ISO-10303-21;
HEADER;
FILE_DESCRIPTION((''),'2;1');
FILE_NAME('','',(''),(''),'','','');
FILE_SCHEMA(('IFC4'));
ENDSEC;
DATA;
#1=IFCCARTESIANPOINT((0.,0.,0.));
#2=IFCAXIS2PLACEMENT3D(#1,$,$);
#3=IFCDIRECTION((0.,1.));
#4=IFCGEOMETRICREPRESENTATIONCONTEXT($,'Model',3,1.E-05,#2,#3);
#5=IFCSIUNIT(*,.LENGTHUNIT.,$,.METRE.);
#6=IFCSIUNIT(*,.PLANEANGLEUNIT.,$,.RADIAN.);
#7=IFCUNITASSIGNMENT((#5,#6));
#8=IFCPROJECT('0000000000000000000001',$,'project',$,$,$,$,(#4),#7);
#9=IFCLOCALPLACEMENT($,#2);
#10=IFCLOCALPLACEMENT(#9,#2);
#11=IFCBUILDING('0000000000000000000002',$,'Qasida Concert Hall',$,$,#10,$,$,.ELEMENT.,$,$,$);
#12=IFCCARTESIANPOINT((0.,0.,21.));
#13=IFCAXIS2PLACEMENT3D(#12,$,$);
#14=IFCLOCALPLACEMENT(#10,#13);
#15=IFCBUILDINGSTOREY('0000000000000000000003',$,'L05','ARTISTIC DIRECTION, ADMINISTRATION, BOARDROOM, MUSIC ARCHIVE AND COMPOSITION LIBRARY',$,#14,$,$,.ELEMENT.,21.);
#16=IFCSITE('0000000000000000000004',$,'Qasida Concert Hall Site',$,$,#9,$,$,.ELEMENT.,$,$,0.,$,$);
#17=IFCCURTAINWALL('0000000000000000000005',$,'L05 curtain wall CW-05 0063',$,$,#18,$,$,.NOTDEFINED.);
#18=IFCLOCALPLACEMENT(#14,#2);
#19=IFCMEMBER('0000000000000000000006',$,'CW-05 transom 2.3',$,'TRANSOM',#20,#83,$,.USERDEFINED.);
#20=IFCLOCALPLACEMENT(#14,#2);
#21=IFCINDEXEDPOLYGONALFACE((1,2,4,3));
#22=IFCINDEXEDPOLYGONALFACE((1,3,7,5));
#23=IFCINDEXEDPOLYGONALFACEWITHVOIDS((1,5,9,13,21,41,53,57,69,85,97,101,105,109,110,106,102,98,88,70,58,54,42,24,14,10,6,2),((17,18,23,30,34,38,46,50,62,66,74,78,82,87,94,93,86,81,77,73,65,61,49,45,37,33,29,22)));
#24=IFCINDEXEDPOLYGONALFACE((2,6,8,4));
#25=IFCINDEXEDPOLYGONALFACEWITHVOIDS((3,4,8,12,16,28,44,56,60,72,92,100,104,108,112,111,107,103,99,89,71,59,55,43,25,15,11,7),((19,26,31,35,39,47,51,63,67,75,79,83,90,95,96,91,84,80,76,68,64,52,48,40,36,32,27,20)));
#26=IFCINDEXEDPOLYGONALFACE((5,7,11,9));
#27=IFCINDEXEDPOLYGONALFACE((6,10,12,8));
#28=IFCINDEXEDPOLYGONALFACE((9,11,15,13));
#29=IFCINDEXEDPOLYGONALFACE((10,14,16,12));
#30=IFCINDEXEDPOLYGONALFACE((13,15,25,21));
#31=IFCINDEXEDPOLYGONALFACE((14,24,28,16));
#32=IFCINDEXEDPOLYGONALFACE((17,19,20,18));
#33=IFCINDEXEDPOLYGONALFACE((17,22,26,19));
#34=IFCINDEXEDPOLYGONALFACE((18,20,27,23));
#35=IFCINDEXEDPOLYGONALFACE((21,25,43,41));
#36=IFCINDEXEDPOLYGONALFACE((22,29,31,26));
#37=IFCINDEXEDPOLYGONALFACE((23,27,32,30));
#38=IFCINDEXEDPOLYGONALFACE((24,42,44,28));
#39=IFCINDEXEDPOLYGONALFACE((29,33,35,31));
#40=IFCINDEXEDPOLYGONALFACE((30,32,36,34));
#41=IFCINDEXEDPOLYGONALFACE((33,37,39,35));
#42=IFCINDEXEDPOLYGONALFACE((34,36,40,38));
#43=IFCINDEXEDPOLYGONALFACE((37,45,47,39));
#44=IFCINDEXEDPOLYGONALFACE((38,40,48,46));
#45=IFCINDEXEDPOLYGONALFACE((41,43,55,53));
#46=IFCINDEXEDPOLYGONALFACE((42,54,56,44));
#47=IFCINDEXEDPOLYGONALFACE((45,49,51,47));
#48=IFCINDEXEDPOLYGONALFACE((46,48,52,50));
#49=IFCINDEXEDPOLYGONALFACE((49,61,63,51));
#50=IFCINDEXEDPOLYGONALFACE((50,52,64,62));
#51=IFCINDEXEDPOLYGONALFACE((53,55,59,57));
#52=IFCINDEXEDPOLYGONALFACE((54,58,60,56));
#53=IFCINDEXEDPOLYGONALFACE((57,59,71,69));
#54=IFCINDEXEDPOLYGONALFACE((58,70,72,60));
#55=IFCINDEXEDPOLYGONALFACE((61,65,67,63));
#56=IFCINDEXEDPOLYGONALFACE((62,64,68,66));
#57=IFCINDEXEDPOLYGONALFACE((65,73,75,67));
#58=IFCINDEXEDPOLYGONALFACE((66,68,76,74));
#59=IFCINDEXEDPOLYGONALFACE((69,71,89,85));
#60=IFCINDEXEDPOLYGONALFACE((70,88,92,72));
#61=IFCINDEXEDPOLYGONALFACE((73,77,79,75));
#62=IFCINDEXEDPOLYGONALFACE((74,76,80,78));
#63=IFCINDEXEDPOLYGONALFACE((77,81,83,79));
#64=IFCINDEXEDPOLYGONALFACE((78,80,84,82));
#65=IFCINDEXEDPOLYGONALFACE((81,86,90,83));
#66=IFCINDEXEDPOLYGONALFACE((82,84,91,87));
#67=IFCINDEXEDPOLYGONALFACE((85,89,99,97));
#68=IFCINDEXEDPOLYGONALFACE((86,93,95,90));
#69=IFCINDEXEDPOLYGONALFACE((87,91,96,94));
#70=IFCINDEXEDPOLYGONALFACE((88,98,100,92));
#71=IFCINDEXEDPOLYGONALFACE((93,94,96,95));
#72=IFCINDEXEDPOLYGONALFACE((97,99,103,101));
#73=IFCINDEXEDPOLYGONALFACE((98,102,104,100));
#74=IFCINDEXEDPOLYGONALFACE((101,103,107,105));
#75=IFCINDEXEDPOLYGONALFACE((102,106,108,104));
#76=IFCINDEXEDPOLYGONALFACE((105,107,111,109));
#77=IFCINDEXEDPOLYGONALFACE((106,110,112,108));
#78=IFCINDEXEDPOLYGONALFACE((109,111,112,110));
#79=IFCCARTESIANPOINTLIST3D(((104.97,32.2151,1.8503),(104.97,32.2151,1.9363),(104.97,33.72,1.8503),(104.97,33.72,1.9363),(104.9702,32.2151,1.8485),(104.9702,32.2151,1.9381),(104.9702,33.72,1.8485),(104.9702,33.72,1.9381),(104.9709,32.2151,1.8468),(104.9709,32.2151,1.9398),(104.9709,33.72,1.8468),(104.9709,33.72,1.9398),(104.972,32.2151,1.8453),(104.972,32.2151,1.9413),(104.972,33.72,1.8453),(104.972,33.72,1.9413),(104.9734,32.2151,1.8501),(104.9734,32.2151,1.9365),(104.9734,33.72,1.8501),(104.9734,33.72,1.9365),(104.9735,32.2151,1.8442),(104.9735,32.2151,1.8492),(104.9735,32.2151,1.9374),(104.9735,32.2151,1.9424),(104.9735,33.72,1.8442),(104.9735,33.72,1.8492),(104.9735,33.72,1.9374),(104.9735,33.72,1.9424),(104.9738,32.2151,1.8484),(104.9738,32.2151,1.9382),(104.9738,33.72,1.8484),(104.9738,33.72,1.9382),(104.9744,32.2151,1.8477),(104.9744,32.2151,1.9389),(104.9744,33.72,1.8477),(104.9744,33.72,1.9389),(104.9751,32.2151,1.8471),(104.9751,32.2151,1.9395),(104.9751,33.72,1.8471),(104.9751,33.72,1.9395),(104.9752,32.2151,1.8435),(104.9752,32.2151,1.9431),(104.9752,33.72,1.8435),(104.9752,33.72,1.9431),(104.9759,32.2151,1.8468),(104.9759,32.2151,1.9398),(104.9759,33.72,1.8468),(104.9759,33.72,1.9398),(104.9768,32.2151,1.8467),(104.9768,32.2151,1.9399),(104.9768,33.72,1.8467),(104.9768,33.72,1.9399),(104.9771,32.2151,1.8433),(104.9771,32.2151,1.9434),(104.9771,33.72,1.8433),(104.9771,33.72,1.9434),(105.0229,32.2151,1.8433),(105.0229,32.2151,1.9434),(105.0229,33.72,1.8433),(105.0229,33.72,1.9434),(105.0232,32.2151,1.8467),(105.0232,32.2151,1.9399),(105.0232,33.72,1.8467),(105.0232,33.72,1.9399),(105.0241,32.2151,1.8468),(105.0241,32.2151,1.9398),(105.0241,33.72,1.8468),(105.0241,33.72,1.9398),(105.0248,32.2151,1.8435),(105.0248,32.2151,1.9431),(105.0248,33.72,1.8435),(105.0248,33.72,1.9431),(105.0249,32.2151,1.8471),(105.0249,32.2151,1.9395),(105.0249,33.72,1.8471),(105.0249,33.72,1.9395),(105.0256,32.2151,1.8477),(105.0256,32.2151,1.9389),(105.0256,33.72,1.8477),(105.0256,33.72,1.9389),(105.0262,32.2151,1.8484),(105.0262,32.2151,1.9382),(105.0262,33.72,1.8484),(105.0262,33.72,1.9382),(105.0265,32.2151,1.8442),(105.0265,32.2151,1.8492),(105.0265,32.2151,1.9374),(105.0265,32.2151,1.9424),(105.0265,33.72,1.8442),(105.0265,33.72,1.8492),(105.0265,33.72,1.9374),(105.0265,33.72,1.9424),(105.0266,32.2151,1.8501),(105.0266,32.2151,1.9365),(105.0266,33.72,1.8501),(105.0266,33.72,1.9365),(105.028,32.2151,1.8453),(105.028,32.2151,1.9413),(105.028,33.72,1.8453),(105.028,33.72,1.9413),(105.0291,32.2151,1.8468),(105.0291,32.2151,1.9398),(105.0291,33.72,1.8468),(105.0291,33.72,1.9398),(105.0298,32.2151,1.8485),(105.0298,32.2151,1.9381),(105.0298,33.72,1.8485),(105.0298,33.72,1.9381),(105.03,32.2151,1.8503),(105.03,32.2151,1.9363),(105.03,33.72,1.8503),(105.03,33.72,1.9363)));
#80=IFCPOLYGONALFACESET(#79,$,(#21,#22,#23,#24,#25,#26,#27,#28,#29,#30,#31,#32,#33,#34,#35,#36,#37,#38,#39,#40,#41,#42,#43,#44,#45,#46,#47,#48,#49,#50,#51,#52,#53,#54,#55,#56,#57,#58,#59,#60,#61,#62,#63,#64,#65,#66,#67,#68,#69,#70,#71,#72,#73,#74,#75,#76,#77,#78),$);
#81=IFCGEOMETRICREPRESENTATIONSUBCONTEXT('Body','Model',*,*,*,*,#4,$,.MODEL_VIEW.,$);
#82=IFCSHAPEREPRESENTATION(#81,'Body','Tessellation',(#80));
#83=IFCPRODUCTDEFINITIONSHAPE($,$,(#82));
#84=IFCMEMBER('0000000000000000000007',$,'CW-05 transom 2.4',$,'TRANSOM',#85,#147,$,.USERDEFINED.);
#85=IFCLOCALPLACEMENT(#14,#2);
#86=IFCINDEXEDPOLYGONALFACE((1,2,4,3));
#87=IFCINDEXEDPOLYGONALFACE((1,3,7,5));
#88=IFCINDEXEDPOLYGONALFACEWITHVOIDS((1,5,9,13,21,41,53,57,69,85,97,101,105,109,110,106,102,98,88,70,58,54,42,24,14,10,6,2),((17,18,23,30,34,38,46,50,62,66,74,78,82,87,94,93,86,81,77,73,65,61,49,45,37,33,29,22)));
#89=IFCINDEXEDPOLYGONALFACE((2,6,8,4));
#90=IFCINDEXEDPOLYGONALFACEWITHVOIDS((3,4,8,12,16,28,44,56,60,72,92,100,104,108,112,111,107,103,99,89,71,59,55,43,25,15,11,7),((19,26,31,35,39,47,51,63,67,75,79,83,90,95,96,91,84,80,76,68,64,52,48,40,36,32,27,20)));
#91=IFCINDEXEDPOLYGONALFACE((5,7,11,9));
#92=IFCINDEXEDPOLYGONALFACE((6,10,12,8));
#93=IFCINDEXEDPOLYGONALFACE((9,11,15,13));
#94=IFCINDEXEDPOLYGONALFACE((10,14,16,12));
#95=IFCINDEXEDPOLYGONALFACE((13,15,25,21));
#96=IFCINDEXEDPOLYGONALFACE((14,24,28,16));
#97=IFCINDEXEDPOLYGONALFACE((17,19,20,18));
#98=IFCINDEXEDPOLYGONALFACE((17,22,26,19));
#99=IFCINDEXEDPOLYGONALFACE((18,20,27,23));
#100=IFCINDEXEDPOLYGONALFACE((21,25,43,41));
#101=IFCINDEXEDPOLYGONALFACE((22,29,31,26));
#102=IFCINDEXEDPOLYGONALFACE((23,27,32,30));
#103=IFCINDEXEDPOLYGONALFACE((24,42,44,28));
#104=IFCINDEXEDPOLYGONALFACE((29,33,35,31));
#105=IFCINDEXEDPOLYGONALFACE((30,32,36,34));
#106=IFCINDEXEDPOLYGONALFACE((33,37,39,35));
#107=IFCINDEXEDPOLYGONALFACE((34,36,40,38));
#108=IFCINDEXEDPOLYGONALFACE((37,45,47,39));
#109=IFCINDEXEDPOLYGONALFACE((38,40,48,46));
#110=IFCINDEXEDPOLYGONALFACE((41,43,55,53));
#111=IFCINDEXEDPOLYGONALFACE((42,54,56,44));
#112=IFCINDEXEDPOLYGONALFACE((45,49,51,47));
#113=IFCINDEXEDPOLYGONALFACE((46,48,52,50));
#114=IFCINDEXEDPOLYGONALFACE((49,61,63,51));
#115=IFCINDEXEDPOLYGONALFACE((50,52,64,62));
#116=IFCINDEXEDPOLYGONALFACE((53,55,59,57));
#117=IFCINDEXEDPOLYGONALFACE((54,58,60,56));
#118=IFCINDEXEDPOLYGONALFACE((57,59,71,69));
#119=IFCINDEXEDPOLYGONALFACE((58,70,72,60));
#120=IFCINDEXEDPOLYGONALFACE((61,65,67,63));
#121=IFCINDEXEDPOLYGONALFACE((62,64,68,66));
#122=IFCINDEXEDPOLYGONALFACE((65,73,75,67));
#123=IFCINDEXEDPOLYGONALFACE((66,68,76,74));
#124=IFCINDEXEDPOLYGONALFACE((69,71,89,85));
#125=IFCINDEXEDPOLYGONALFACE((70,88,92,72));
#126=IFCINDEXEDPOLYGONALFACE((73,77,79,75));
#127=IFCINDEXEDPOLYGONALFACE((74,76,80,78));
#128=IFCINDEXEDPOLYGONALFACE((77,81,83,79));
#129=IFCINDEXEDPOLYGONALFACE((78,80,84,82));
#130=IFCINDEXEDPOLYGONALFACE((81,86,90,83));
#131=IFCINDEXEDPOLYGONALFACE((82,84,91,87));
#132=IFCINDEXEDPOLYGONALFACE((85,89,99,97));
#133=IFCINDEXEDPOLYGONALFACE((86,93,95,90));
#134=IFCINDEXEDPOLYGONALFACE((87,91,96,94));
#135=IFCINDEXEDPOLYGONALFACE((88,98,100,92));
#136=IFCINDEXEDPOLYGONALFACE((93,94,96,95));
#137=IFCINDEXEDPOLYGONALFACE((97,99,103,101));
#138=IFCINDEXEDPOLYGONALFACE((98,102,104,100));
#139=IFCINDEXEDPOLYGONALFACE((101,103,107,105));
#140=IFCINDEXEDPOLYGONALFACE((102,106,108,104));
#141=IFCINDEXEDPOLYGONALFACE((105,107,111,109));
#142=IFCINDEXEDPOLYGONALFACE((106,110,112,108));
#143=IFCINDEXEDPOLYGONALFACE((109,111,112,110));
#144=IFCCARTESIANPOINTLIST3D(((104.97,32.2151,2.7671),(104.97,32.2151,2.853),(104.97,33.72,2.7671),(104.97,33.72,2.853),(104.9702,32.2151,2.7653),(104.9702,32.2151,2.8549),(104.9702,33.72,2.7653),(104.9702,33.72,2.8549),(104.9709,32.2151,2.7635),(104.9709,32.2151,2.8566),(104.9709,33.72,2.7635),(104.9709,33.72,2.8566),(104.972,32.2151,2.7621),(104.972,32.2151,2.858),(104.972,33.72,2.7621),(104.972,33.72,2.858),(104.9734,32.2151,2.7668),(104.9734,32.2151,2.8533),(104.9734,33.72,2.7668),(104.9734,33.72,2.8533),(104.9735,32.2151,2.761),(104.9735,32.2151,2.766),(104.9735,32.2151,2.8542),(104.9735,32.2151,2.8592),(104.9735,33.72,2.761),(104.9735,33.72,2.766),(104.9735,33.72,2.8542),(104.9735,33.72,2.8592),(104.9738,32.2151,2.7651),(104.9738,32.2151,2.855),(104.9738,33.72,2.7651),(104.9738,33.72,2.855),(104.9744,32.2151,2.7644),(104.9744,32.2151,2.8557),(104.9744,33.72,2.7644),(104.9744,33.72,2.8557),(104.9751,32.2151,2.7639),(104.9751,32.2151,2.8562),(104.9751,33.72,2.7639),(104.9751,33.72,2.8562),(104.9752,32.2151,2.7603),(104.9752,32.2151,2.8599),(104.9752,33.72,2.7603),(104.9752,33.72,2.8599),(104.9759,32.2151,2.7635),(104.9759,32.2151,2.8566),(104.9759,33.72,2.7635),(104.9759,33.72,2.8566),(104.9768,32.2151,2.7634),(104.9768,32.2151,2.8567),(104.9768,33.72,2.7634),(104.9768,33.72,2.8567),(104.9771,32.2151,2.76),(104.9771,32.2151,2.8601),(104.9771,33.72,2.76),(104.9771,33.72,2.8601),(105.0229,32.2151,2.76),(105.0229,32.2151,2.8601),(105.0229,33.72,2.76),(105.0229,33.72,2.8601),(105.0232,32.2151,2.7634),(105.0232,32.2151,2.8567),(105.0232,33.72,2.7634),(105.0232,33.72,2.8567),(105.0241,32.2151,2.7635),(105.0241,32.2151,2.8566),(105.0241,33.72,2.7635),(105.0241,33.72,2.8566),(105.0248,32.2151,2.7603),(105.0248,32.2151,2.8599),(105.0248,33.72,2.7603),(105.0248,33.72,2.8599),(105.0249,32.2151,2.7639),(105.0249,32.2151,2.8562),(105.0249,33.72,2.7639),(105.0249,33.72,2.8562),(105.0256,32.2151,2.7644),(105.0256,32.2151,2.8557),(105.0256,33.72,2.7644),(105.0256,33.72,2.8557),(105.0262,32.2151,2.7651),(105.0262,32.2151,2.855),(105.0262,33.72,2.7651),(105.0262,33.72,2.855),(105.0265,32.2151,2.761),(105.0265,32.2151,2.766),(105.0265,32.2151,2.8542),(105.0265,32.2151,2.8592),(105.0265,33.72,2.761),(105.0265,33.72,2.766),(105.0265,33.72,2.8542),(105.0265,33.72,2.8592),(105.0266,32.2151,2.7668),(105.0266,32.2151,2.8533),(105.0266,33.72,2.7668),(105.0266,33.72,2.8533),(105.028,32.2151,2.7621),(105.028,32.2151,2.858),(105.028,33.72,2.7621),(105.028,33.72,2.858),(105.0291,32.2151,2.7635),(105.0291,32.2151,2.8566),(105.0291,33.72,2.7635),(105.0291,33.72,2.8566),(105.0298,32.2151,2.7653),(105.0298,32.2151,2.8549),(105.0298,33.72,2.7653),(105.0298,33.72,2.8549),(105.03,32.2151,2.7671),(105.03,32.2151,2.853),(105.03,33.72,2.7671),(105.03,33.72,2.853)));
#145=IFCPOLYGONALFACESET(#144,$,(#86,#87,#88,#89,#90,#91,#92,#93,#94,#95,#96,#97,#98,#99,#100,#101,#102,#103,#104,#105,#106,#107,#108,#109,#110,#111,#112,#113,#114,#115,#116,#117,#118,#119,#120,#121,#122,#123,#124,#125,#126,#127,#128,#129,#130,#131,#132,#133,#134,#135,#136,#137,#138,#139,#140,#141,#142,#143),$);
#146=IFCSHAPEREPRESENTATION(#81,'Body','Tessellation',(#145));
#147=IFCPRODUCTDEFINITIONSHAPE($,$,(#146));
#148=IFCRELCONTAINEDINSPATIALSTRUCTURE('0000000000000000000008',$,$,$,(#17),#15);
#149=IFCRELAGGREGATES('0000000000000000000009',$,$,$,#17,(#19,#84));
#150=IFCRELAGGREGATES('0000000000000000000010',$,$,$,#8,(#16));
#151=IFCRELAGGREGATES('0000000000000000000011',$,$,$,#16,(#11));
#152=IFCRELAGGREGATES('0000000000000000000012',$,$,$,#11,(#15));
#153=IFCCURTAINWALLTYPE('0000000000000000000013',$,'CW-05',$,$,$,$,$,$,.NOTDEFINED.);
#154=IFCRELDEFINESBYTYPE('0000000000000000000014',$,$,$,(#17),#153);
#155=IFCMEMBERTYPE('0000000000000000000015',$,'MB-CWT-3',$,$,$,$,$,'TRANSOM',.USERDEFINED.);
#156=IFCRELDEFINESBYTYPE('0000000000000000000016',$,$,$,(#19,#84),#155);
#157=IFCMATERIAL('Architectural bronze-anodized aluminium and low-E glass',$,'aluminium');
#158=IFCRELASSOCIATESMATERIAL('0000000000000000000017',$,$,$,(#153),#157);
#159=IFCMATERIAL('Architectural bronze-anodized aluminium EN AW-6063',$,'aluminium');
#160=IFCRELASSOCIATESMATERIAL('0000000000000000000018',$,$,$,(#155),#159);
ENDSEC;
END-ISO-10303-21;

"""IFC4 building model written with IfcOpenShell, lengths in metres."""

from ifc_helpers import new_model, si_unit, direction, frame, origin, origin_2d, place, context, subcontext, project, spatial, hollow_rectangle, extrude, material, material_profile, profile_set, type_object, element, aggregate, save


model = new_model("IFC4")

# Units and contexts
model_context = context("Model", 3, precision=1e-05, world=origin(), true_north=direction((0.0, 1.0)))
body_context = subcontext(model_context, "Body", "Model", "MODEL_VIEW")
ifc_project = project(units=[si_unit("LENGTHUNIT", "METRE"), si_unit("PLANEANGLEUNIT", "RADIAN")], contexts=[model_context])

# Site, building, storey
site_placement = place(None, origin())
site = spatial("IfcSite", under=ifc_project, at=site_placement, Name="Qasida Concert Hall Site", CompositionType="ELEMENT", RefElevation=0.0)
building_placement = place(site_placement, origin())
building = spatial("IfcBuilding", under=site, at=building_placement, Name="Qasida Concert Hall", CompositionType="ELEMENT")
storey_placement = place(building_placement, frame((0.0, 0.0, 21.0)))
storey = spatial("IfcBuildingStorey", under=building, at=storey_placement, Name="L05", Description="ARTISTIC DIRECTION, ADMINISTRATION, BOARDROOM, MUSIC ARCHIVE AND COMPOSITION LIBRARY", CompositionType="ELEMENT", Elevation=21.0)

# Curtain wall, members
ifc_material_1 = material(Name="Architectural bronze-anodized aluminium and low-E glass", Category="aluminium")
curtain_wall_type = type_object("IfcCurtainWallType", Name="CW-05", PredefinedType="NOTDEFINED", material=ifc_material_1)
curtain_wall_placement = place(storey_placement, origin())
curtain_wall = element("IfcCurtainWall", 1, at=curtain_wall_placement, inside=storey, type_object=curtain_wall_type, Name="L05 curtain wall CW-05 0063", PredefinedType="NOTDEFINED")
ifc_material_2 = material(Name="Architectural bronze-anodized aluminium EN AW-6063", Category="aluminium")
ifc_material_profile_1 = material_profile(ifc_material_2, hollow_rectangle(XDim=0.0601, YDim=0.1001, WallThickness=0.0034, InnerFilletRadius=0.0034, OuterFilletRadius=0.0071, at=origin_2d()), Name="CWT 100x60x3.5")
ifc_profile_set_1 = profile_set([ifc_material_profile_1], Name="Architectural bronze-anodized aluminium EN AW-6063")
member_type_1 = type_object("IfcMemberType", Name="MB-CWT-3", ElementType="TRANSOM", PredefinedType="USERDEFINED", material=ifc_profile_set_1)
member_1_placement = place(storey_placement, frame((105.0, 32.2151, 1.8933), z_axis=(0.0, 1.0, 0.0), x_axis=(-1.0, 0.0, 0.0)))
member_1 = element("IfcMember", 2, at=member_1_placement, type_object=member_type_1, Name="CW-05 transom 2.3", ObjectType="TRANSOM", PredefinedType="USERDEFINED", context=body_context, shape_type="SweptSolid", body=[
    extrude(hollow_rectangle(XDim=0.0601, YDim=0.1001, WallThickness=0.0034, InnerFilletRadius=0.0034, OuterFilletRadius=0.0071, at=origin_2d()), origin(), (0.0, 0.0, 1.0), 1.5049),
])
member_2_placement = place(storey_placement, frame((105.0, 32.2151, 2.8101), z_axis=(0.0, 1.0, 0.0), x_axis=(-1.0, 0.0, 0.0)))
member_2 = element("IfcMember", 3, at=member_2_placement, type_object=member_type_1, Name="CW-05 transom 2.4", ObjectType="TRANSOM", PredefinedType="USERDEFINED", context=body_context, shape_type="SweptSolid", body=[
    extrude(hollow_rectangle(XDim=0.0601, YDim=0.1001, WallThickness=0.0034, InnerFilletRadius=0.0034, OuterFilletRadius=0.0071, at=origin_2d()), origin(), (0.0, 0.0, 1.0), 1.5049),
])
aggregate(curtain_wall, [member_1, member_2])

save(model, "model.ifc")
